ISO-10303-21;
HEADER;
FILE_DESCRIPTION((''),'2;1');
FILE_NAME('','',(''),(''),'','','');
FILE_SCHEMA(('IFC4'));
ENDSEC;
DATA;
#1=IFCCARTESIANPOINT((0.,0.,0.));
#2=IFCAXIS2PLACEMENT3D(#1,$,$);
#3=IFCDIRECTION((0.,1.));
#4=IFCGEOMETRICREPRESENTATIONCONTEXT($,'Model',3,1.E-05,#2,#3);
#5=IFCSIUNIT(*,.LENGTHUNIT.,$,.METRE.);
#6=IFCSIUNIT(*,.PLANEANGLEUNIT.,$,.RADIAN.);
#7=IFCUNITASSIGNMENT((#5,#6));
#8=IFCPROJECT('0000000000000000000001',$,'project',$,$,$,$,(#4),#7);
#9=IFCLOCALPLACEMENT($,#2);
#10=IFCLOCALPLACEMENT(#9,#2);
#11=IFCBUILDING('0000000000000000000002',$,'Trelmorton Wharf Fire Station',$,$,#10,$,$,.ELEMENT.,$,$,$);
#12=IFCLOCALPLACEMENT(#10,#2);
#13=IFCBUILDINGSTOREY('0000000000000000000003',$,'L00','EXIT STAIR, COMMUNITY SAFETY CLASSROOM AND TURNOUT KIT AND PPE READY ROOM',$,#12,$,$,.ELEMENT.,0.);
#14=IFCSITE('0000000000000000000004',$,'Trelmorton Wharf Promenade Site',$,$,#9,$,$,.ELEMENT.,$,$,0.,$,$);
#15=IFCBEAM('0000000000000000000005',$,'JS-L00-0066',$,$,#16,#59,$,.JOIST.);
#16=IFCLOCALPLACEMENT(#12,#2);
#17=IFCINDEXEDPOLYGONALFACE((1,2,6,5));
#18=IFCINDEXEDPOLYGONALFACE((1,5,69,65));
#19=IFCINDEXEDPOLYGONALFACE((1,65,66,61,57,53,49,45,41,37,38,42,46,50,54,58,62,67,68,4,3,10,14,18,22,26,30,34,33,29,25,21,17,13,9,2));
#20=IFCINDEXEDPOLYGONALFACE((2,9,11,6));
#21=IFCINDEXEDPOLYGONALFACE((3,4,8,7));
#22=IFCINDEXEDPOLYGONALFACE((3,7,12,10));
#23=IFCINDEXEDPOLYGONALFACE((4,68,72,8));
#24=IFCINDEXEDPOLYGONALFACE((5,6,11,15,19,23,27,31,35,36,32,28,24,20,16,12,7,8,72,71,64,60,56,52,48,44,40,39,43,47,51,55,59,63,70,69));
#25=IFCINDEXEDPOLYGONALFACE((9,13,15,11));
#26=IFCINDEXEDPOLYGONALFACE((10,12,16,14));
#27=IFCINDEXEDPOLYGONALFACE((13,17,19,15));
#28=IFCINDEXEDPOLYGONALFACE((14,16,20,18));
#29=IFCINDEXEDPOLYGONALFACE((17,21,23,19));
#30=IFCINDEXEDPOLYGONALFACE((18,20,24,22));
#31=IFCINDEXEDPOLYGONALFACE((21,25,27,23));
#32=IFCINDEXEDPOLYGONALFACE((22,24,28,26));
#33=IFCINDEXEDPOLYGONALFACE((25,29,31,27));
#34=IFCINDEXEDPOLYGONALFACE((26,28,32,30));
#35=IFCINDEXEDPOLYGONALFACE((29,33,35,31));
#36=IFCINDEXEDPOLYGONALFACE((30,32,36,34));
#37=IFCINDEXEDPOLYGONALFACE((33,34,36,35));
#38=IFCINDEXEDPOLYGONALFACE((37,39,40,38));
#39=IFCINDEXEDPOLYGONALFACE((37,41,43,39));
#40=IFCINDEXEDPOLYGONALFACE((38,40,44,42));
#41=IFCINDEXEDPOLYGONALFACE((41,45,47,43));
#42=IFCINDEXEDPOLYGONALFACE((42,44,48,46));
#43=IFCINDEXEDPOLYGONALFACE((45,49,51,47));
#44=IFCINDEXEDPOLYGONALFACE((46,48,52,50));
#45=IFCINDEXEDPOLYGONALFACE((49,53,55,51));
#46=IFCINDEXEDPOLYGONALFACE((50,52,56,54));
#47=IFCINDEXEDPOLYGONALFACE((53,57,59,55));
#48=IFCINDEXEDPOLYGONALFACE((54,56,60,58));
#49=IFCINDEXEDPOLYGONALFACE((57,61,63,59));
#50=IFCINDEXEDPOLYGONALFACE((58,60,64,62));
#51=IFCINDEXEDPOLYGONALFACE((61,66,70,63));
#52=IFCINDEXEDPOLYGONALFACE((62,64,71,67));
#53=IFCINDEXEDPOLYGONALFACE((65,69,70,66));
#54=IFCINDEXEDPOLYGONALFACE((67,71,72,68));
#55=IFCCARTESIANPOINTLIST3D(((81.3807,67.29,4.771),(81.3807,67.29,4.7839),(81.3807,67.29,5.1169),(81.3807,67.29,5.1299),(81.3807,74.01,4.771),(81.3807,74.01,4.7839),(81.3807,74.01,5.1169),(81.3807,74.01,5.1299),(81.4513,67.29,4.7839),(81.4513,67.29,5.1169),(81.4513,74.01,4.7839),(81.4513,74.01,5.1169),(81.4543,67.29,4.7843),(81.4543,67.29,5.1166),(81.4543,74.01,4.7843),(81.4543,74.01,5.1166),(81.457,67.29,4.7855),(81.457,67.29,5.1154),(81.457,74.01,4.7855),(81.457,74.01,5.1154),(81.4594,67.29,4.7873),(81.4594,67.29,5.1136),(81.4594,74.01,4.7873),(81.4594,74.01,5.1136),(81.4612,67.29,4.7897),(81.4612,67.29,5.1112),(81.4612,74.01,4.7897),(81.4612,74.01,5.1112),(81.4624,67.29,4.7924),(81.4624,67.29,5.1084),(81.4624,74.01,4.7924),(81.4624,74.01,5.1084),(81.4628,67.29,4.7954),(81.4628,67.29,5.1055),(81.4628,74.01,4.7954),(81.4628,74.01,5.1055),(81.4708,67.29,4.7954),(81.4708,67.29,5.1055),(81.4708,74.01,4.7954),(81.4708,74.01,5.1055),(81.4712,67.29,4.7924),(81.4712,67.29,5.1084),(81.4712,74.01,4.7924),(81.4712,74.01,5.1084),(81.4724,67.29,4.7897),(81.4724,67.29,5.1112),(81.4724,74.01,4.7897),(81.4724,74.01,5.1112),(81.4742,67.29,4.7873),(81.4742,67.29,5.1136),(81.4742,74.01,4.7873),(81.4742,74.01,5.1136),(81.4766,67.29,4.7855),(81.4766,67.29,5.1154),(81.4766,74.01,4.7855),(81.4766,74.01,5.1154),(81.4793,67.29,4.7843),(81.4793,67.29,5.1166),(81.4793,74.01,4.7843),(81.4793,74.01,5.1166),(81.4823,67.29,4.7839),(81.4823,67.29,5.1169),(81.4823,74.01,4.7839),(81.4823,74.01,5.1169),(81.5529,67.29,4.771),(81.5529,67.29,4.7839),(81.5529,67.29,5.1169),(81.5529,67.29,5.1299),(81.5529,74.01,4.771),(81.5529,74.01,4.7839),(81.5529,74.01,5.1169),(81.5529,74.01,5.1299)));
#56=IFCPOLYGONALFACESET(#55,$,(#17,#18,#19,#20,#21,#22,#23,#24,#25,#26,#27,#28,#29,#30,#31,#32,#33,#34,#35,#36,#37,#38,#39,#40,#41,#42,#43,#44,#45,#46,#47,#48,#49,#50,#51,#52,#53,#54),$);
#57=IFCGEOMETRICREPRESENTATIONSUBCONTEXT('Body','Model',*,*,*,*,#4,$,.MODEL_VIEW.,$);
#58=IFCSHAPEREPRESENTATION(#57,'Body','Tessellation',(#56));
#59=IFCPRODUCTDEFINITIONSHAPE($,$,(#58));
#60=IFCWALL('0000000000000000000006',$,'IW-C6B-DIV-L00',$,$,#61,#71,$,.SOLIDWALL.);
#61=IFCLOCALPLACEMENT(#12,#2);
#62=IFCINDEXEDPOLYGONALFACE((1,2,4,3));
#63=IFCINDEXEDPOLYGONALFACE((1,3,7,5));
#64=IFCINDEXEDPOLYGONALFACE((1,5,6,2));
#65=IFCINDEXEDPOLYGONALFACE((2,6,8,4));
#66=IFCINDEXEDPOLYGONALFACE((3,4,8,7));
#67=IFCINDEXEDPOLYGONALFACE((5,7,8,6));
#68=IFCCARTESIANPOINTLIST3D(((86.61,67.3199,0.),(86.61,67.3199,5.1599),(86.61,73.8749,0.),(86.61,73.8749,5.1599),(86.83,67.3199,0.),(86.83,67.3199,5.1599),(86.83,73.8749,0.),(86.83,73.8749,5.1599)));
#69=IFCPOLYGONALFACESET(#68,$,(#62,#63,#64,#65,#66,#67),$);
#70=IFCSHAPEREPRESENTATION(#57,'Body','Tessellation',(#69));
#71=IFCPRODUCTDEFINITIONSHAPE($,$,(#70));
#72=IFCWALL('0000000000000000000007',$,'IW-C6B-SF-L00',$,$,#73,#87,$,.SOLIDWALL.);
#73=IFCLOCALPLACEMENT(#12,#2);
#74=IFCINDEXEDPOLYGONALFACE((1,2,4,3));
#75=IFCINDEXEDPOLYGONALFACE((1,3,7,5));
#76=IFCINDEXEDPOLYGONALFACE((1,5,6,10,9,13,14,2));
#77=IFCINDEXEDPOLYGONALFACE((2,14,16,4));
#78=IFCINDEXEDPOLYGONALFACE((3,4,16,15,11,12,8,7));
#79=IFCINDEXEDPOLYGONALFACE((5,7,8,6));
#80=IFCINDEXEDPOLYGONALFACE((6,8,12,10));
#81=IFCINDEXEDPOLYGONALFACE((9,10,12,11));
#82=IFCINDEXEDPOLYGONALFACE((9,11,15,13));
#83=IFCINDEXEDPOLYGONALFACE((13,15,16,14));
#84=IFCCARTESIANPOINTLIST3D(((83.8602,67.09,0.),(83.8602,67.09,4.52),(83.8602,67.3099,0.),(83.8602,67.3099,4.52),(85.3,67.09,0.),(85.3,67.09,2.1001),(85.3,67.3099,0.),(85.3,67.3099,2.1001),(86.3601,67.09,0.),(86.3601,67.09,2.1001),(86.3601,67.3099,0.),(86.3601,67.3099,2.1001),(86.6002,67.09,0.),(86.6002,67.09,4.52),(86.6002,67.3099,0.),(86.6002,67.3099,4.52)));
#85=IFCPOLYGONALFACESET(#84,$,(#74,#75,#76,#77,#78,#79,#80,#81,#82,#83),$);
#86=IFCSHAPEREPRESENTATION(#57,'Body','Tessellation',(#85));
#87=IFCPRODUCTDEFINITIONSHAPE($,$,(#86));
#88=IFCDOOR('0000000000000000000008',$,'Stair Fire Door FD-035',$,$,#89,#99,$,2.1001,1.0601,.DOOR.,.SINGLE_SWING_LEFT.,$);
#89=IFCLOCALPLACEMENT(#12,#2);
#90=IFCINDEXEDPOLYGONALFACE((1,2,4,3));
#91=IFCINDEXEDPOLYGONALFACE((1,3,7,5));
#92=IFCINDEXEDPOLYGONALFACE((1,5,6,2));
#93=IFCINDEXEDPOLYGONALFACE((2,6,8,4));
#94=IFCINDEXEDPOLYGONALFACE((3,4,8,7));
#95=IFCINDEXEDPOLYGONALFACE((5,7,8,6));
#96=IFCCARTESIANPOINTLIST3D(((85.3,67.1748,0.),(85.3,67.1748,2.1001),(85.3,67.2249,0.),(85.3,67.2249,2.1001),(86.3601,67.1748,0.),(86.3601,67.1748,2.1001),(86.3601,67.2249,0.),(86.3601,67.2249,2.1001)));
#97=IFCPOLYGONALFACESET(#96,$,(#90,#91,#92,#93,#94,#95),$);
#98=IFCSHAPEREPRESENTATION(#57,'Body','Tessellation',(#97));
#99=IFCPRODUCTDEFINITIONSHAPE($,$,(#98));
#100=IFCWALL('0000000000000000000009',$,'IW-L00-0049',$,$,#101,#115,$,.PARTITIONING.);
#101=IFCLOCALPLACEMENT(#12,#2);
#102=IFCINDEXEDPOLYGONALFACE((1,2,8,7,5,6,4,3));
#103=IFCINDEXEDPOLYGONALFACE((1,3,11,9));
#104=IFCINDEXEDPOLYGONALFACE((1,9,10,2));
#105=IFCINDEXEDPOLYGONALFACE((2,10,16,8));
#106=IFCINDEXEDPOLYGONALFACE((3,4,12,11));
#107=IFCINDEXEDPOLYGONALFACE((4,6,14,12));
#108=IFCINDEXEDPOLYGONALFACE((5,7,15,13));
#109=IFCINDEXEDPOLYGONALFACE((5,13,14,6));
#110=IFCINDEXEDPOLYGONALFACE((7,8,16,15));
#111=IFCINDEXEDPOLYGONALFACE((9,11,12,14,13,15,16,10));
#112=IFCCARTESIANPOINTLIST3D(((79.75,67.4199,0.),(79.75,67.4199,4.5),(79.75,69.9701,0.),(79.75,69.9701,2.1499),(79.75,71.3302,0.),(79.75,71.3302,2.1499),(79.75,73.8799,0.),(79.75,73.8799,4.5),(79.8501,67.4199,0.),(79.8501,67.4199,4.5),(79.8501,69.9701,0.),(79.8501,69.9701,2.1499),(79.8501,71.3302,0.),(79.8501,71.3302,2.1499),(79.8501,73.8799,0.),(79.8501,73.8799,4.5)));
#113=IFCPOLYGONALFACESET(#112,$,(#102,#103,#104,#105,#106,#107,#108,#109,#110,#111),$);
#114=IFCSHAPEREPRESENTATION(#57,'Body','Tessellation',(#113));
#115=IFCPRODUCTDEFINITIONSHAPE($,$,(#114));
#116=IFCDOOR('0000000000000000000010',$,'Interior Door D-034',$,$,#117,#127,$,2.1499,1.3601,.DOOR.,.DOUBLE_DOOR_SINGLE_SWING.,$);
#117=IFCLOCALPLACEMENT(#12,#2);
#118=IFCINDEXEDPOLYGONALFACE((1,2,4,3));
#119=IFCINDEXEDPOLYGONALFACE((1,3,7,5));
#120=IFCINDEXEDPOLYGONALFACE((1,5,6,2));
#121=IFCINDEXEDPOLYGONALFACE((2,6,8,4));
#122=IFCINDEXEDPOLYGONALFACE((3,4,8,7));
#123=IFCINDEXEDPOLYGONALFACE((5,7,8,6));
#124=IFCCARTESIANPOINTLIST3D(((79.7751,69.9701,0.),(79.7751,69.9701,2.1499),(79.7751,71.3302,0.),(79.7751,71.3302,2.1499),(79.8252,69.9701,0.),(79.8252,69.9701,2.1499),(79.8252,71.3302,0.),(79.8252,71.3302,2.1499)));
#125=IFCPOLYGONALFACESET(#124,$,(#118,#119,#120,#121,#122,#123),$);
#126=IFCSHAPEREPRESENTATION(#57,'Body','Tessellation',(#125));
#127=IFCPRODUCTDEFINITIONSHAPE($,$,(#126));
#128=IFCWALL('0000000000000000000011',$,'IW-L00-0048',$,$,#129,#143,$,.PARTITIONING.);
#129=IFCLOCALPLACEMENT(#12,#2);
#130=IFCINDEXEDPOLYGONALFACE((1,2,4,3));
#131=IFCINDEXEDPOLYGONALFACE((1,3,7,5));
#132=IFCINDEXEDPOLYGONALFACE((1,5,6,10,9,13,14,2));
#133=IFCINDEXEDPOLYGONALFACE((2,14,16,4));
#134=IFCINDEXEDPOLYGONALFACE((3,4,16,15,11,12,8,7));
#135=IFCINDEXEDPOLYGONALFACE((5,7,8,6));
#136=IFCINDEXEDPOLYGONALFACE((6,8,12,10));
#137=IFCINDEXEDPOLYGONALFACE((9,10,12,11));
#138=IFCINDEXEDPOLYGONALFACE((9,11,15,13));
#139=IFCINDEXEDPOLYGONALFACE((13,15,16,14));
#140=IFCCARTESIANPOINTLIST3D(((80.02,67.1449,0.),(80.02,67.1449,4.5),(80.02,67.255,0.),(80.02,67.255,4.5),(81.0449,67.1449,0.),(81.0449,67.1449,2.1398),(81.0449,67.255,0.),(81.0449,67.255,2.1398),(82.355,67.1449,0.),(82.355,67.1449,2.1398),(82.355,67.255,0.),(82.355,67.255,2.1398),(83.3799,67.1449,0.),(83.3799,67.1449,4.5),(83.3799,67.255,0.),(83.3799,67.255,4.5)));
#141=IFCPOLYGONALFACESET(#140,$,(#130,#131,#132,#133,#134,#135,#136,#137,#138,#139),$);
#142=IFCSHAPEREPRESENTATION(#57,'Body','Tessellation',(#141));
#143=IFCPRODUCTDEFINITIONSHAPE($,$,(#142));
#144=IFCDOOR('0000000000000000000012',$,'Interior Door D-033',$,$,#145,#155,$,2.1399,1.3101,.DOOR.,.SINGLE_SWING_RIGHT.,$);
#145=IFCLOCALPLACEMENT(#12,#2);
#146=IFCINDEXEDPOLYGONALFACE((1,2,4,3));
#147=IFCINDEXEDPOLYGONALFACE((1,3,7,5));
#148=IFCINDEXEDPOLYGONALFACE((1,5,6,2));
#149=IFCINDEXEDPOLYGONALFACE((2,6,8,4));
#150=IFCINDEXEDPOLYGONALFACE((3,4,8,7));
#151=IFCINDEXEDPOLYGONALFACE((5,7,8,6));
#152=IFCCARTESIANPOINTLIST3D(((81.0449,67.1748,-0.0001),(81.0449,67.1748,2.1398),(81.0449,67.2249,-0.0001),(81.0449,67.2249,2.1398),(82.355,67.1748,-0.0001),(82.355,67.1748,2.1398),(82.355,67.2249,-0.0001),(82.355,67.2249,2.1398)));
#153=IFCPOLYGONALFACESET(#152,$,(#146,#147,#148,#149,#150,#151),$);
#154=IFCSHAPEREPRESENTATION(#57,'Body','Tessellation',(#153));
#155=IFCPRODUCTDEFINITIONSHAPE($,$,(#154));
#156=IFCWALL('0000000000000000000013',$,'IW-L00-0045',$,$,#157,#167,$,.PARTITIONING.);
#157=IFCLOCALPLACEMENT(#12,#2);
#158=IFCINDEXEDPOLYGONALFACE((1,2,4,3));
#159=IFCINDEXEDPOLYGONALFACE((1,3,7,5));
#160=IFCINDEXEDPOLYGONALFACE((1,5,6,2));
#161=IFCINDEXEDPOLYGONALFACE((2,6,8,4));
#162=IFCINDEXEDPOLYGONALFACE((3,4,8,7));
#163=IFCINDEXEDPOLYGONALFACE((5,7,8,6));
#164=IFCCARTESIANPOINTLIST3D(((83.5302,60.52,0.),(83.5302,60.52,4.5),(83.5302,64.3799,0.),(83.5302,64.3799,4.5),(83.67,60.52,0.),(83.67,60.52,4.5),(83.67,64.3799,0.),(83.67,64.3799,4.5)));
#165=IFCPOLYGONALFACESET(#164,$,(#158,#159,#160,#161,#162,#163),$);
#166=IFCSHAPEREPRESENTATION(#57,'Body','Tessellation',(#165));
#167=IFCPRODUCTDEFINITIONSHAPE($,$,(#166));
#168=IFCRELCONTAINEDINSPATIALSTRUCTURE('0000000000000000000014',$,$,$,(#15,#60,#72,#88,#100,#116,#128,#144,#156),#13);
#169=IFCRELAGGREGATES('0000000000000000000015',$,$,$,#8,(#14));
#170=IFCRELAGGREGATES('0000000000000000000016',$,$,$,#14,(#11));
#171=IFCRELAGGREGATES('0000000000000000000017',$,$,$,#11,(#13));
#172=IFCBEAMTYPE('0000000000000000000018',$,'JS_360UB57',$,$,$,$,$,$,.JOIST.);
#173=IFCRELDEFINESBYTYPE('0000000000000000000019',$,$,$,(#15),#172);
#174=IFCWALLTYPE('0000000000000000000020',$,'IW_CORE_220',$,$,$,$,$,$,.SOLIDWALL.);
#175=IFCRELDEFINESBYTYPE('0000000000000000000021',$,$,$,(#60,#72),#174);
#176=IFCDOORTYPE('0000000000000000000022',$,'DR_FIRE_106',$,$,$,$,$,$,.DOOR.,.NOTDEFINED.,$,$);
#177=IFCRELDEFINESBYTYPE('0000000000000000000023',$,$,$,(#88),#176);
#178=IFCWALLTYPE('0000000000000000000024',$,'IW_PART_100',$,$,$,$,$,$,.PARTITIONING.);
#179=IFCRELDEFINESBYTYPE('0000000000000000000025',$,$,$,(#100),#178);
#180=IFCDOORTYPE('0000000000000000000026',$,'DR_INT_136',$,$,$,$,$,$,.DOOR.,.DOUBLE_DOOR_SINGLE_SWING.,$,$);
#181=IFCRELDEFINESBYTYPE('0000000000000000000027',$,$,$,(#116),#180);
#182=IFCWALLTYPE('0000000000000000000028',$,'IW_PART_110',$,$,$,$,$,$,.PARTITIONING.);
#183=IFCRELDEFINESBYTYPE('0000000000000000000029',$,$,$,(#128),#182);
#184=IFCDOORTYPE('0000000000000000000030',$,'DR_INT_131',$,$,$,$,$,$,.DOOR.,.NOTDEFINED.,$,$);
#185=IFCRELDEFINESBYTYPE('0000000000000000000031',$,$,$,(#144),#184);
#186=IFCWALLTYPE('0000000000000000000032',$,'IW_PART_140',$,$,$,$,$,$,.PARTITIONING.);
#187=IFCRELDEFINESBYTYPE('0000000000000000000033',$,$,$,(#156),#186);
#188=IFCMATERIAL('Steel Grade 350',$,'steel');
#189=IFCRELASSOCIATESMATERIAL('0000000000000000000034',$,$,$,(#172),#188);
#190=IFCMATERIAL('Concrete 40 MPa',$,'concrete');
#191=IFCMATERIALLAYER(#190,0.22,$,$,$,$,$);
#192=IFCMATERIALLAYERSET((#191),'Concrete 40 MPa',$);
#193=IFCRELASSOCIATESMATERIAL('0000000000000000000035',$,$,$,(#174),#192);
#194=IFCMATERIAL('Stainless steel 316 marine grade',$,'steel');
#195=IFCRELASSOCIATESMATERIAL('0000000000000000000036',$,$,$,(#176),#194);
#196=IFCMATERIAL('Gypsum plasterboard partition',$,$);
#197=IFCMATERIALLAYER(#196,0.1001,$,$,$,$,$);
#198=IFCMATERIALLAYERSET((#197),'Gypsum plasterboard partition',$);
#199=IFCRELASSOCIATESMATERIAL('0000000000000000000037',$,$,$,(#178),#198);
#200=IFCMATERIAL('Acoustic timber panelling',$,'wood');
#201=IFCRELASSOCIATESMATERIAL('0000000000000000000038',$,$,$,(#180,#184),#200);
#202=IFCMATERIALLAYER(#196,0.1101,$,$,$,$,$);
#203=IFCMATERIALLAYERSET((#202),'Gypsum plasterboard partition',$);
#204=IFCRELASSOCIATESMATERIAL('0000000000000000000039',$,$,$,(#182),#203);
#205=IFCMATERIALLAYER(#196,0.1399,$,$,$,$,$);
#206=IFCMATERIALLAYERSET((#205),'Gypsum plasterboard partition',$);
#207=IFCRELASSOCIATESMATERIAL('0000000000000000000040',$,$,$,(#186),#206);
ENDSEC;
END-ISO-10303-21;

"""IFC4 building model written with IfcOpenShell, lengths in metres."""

from ifc_helpers import new_model, si_unit, direction, frame, frame_2d, origin, origin_2d, place, context, subcontext, project, spatial, rectangle, i_section, extrude, material, layer, layer_set, material_profile, profile_set, type_object, element, fill, save


model = new_model("IFC4")

# Units and contexts
model_context = context("Model", 3, precision=1e-05, world=origin(), true_north=direction((0.0, 1.0)))
body_context = subcontext(model_context, "Body", "Model", "MODEL_VIEW")
ifc_project = project(units=[si_unit("LENGTHUNIT", "METRE"), si_unit("PLANEANGLEUNIT", "RADIAN")], contexts=[model_context])

# Site, building, storey
site_placement = place(None, origin())
site = spatial("IfcSite", under=ifc_project, at=site_placement, Name="Trelmorton Wharf Promenade Site", CompositionType="ELEMENT", RefElevation=0.0)
building_placement = place(site_placement, origin())
building = spatial("IfcBuilding", under=site, at=building_placement, Name="Trelmorton Wharf Fire Station", CompositionType="ELEMENT")
storey_placement = place(building_placement, origin())
storey = spatial("IfcBuildingStorey", under=building, at=storey_placement, Name="L00", Description="EXIT STAIR, COMMUNITY SAFETY CLASSROOM AND TURNOUT KIT AND PPE READY ROOM", CompositionType="ELEMENT", Elevation=0.0)

# Shared definitions
ifc_material_1 = material(Name="Concrete 40 MPa", Category="concrete")

# Shared definitions
ifc_material_2 = material(Name="Steel Grade 350", Category="steel")

# Beam
ifc_material_profile_1 = material_profile(ifc_material_2, i_section(OverallWidth=0.1721, OverallDepth=0.3589, WebThickness=0.0081, FlangeThickness=0.0129, FilletRadius=0.0115, at=origin_2d()), Name="360UB56.7")
ifc_profile_set_1 = profile_set([ifc_material_profile_1], Name="Steel Grade 350")
beam_type_1 = type_object("IfcBeamType", Name="JS_360UB57", PredefinedType="JOIST", material=ifc_profile_set_1)
for number, where, z_axis, x_axis, name in (
    (1, (81.4668, 67.29, 4.9504), (0.0, 1.0, 0.0), (-1.0, 0.0, 0.0), "JS-L00-0066"),
):
    element("IfcBeam", number, at=place(storey_placement, frame(where, z_axis=z_axis, x_axis=x_axis)), inside=storey, type_object=beam_type_1, Name=name, PredefinedType="JOIST", context=body_context, shape_type="SweptSolid", body=[
        extrude(i_section(OverallWidth=0.1721, OverallDepth=0.3589, WebThickness=0.0081, FlangeThickness=0.0129, FilletRadius=0.0115, at=origin_2d()), origin(), (0.0, 0.0, 1.0), 6.72),
    ])

# Wall
ifc_layer_1 = layer(ifc_material_1, 0.22)
ifc_layer_set_1 = layer_set([ifc_layer_1], Name="Concrete 40 MPa")
wall_type_1 = type_object("IfcWallType", Name="IW_CORE_220", PredefinedType="SOLIDWALL", material=ifc_layer_set_1)
wall_1_placement = place(storey_placement, frame((86.72, 67.3201, 0.0), z_axis=(0.0, 0.0, 1.0), x_axis=(0.0, 1.0, 0.0)))
element("IfcWall", 2, at=wall_1_placement, inside=storey, type_object=wall_type_1, Name="IW-C6B-DIV-L00", PredefinedType="SOLIDWALL", context=body_context, shape_type="SweptSolid", body=[
    extrude(rectangle(XDim=6.5549, YDim=0.22, at=frame_2d((3.2773, 0.0))), origin(), (0.0, 0.0, 1.0), 5.1599),
])

# Walls, openings, doors
wall_2_placement = place(storey_placement, frame((83.8601, 67.2, 0.0), z_axis=(0.0, 0.0, 1.0), x_axis=(1.0, 0.0, 0.0)))
wall_2 = element("IfcWall", 3, at=wall_2_placement, inside=storey, type_object=wall_type_1, Name="IW-C6B-SF-L00", PredefinedType="SOLIDWALL", context=body_context, shape_type="SweptSolid", body=[
    extrude(rectangle(XDim=2.74, YDim=0.22, at=frame_2d((1.3701, 0.0))), origin(), (0.0, 0.0, 1.0), 4.52),
])
opening_1_placement = place(wall_2_placement, frame((1.4399, 0.0, 0.0)))
opening_1 = element("IfcOpeningElement", 4, at=opening_1_placement, cuts=wall_2, PredefinedType="OPENING", context=body_context, shape_type="SweptSolid", body=[
    extrude(rectangle(XDim=1.0601, YDim=2.1001, at=frame_2d((0.53, 1.05))), frame((0.0, 0.1201, 0.0), z_axis=(0.0, -1.0, 0.0), x_axis=(1.0, 0.0, 0.0)), (0.0, 0.0, 1.0), 0.24),
])
ifc_material_3 = material(Name="Stainless steel 316 marine grade", Category="steel")
door_type_1 = type_object("IfcDoorType", Name="DR_FIRE_106", OperationType="NOTDEFINED", PredefinedType="DOOR", material=ifc_material_3)
door_1_placement = place(opening_1_placement, origin())
door_1 = element("IfcDoor", 5, at=door_1_placement, inside=storey, type_object=door_type_1, Name="Stair Fire Door FD-035", OperationType="SINGLE_SWING_LEFT", OverallHeight=2.1001, OverallWidth=1.0601, PredefinedType="DOOR", context=body_context, shape_type="SweptSolid", body=[
    extrude(rectangle(XDim=1.0601, YDim=2.1001, at=frame_2d((0.53, 1.05))), frame((0.0, 0.0249, 0.0), z_axis=(0.0, -1.0, 0.0), x_axis=(1.0, 0.0, 0.0)), (0.0, 0.0, 1.0), 0.05),
])
fill(opening_1, door_1)
ifc_material_4 = material(Name="Gypsum plasterboard partition")
ifc_layer_2 = layer(ifc_material_4, 0.1001)
ifc_layer_set_2 = layer_set([ifc_layer_2], Name="Gypsum plasterboard partition")
wall_type_2 = type_object("IfcWallType", Name="IW_PART_100", PredefinedType="PARTITIONING", material=ifc_layer_set_2)
wall_3_placement = place(storey_placement, frame((79.8, 67.4199, 0.0), z_axis=(0.0, 0.0, 1.0), x_axis=(0.0, 1.0, 0.0)))
wall_3 = element("IfcWall", 6, at=wall_3_placement, inside=storey, type_object=wall_type_2, Name="IW-L00-0049", PredefinedType="PARTITIONING", context=body_context, shape_type="SweptSolid", body=[
    extrude(rectangle(XDim=6.46, YDim=0.1001, at=frame_2d((3.23, 0.0))), origin(), (0.0, 0.0, 1.0), 4.5),
])
opening_2_placement = place(wall_3_placement, frame((2.55, 0.0, 0.0)))
opening_2 = element("IfcOpeningElement", 7, at=opening_2_placement, cuts=wall_3, PredefinedType="OPENING", context=body_context, shape_type="SweptSolid", body=[
    extrude(rectangle(XDim=1.3601, YDim=2.1499, at=frame_2d((0.6802, 1.075))), frame((0.0, 0.0601, 0.0), z_axis=(0.0, -1.0, 0.0), x_axis=(1.0, 0.0, 0.0)), (0.0, 0.0, 1.0), 0.1201),
])
ifc_material_5 = material(Name="Acoustic timber panelling", Category="wood")
door_type_2 = type_object("IfcDoorType", Name="DR_INT_136", OperationType="DOUBLE_DOOR_SINGLE_SWING", PredefinedType="DOOR", material=ifc_material_5)
door_2_placement = place(opening_2_placement, origin())
door_2 = element("IfcDoor", 8, at=door_2_placement, inside=storey, type_object=door_type_2, Name="Interior Door D-034", OperationType="DOUBLE_DOOR_SINGLE_SWING", OverallHeight=2.1499, OverallWidth=1.3601, PredefinedType="DOOR", context=body_context, shape_type="SweptSolid", body=[
    extrude(rectangle(XDim=1.3601, YDim=2.1499, at=frame_2d((0.6802, 1.075))), frame((0.0, 0.0249, 0.0), z_axis=(0.0, -1.0, 0.0), x_axis=(1.0, 0.0, 0.0)), (0.0, 0.0, 1.0), 0.05),
])
fill(opening_2, door_2)
ifc_layer_3 = layer(ifc_material_4, 0.1101)
ifc_layer_set_3 = layer_set([ifc_layer_3], Name="Gypsum plasterboard partition")
wall_type_3 = type_object("IfcWallType", Name="IW_PART_110", PredefinedType="PARTITIONING", material=ifc_layer_set_3)
wall_4_placement = place(storey_placement, frame((80.02, 67.2, 0.0), z_axis=(0.0, 0.0, 1.0), x_axis=(1.0, 0.0, 0.0)))
wall_4 = element("IfcWall", 9, at=wall_4_placement, inside=storey, type_object=wall_type_3, Name="IW-L00-0048", PredefinedType="PARTITIONING", context=body_context, shape_type="SweptSolid", body=[
    extrude(rectangle(XDim=3.3599, YDim=0.1101, at=frame_2d((1.6799, 0.0))), origin(), (0.0, 0.0, 1.0), 4.5),
])
opening_3_placement = place(wall_4_placement, frame((1.0249, 0.0, 0.0)))
opening_3 = element("IfcOpeningElement", 10, at=opening_3_placement, cuts=wall_4, PredefinedType="OPENING", context=body_context, shape_type="SweptSolid", body=[
    extrude(rectangle(XDim=1.3101, YDim=2.1399, at=frame_2d((0.655, 1.0698))), frame((0.0, 0.0649, 0.0), z_axis=(0.0, -1.0, 0.0), x_axis=(1.0, 0.0, 0.0)), (0.0, 0.0, 1.0), 0.1301),
])
door_type_3 = type_object("IfcDoorType", Name="DR_INT_131", OperationType="NOTDEFINED", PredefinedType="DOOR", material=ifc_material_5)
door_3_placement = place(opening_3_placement, origin())
door_3 = element("IfcDoor", 11, at=door_3_placement, inside=storey, type_object=door_type_3, Name="Interior Door D-033", OperationType="SINGLE_SWING_RIGHT", OverallHeight=2.1399, OverallWidth=1.3101, PredefinedType="DOOR", context=body_context, shape_type="SweptSolid", body=[
    extrude(rectangle(XDim=1.3101, YDim=2.1399, at=frame_2d((0.655, 1.0698))), frame((0.0, 0.0249, 0.0), z_axis=(0.0, -1.0, 0.0), x_axis=(1.0, 0.0, 0.0)), (0.0, 0.0, 1.0), 0.05),
])
fill(opening_3, door_3)

# Wall
ifc_layer_4 = layer(ifc_material_4, 0.1399)
ifc_layer_set_4 = layer_set([ifc_layer_4], Name="Gypsum plasterboard partition")
wall_type_4 = type_object("IfcWallType", Name="IW_PART_140", PredefinedType="PARTITIONING", material=ifc_layer_set_4)
wall_5_placement = place(storey_placement, frame((83.6001, 60.52, 0.0), z_axis=(0.0, 0.0, 1.0), x_axis=(0.0, 1.0, 0.0)))
element("IfcWall", 12, at=wall_5_placement, inside=storey, type_object=wall_type_4, Name="IW-L00-0045", PredefinedType="PARTITIONING", context=body_context, shape_type="SweptSolid", body=[
    extrude(rectangle(XDim=3.8599, YDim=0.1399, at=frame_2d((1.9299, 0.0))), origin(), (0.0, 0.0, 1.0), 4.5),
])

save(model, "model.ifc")
